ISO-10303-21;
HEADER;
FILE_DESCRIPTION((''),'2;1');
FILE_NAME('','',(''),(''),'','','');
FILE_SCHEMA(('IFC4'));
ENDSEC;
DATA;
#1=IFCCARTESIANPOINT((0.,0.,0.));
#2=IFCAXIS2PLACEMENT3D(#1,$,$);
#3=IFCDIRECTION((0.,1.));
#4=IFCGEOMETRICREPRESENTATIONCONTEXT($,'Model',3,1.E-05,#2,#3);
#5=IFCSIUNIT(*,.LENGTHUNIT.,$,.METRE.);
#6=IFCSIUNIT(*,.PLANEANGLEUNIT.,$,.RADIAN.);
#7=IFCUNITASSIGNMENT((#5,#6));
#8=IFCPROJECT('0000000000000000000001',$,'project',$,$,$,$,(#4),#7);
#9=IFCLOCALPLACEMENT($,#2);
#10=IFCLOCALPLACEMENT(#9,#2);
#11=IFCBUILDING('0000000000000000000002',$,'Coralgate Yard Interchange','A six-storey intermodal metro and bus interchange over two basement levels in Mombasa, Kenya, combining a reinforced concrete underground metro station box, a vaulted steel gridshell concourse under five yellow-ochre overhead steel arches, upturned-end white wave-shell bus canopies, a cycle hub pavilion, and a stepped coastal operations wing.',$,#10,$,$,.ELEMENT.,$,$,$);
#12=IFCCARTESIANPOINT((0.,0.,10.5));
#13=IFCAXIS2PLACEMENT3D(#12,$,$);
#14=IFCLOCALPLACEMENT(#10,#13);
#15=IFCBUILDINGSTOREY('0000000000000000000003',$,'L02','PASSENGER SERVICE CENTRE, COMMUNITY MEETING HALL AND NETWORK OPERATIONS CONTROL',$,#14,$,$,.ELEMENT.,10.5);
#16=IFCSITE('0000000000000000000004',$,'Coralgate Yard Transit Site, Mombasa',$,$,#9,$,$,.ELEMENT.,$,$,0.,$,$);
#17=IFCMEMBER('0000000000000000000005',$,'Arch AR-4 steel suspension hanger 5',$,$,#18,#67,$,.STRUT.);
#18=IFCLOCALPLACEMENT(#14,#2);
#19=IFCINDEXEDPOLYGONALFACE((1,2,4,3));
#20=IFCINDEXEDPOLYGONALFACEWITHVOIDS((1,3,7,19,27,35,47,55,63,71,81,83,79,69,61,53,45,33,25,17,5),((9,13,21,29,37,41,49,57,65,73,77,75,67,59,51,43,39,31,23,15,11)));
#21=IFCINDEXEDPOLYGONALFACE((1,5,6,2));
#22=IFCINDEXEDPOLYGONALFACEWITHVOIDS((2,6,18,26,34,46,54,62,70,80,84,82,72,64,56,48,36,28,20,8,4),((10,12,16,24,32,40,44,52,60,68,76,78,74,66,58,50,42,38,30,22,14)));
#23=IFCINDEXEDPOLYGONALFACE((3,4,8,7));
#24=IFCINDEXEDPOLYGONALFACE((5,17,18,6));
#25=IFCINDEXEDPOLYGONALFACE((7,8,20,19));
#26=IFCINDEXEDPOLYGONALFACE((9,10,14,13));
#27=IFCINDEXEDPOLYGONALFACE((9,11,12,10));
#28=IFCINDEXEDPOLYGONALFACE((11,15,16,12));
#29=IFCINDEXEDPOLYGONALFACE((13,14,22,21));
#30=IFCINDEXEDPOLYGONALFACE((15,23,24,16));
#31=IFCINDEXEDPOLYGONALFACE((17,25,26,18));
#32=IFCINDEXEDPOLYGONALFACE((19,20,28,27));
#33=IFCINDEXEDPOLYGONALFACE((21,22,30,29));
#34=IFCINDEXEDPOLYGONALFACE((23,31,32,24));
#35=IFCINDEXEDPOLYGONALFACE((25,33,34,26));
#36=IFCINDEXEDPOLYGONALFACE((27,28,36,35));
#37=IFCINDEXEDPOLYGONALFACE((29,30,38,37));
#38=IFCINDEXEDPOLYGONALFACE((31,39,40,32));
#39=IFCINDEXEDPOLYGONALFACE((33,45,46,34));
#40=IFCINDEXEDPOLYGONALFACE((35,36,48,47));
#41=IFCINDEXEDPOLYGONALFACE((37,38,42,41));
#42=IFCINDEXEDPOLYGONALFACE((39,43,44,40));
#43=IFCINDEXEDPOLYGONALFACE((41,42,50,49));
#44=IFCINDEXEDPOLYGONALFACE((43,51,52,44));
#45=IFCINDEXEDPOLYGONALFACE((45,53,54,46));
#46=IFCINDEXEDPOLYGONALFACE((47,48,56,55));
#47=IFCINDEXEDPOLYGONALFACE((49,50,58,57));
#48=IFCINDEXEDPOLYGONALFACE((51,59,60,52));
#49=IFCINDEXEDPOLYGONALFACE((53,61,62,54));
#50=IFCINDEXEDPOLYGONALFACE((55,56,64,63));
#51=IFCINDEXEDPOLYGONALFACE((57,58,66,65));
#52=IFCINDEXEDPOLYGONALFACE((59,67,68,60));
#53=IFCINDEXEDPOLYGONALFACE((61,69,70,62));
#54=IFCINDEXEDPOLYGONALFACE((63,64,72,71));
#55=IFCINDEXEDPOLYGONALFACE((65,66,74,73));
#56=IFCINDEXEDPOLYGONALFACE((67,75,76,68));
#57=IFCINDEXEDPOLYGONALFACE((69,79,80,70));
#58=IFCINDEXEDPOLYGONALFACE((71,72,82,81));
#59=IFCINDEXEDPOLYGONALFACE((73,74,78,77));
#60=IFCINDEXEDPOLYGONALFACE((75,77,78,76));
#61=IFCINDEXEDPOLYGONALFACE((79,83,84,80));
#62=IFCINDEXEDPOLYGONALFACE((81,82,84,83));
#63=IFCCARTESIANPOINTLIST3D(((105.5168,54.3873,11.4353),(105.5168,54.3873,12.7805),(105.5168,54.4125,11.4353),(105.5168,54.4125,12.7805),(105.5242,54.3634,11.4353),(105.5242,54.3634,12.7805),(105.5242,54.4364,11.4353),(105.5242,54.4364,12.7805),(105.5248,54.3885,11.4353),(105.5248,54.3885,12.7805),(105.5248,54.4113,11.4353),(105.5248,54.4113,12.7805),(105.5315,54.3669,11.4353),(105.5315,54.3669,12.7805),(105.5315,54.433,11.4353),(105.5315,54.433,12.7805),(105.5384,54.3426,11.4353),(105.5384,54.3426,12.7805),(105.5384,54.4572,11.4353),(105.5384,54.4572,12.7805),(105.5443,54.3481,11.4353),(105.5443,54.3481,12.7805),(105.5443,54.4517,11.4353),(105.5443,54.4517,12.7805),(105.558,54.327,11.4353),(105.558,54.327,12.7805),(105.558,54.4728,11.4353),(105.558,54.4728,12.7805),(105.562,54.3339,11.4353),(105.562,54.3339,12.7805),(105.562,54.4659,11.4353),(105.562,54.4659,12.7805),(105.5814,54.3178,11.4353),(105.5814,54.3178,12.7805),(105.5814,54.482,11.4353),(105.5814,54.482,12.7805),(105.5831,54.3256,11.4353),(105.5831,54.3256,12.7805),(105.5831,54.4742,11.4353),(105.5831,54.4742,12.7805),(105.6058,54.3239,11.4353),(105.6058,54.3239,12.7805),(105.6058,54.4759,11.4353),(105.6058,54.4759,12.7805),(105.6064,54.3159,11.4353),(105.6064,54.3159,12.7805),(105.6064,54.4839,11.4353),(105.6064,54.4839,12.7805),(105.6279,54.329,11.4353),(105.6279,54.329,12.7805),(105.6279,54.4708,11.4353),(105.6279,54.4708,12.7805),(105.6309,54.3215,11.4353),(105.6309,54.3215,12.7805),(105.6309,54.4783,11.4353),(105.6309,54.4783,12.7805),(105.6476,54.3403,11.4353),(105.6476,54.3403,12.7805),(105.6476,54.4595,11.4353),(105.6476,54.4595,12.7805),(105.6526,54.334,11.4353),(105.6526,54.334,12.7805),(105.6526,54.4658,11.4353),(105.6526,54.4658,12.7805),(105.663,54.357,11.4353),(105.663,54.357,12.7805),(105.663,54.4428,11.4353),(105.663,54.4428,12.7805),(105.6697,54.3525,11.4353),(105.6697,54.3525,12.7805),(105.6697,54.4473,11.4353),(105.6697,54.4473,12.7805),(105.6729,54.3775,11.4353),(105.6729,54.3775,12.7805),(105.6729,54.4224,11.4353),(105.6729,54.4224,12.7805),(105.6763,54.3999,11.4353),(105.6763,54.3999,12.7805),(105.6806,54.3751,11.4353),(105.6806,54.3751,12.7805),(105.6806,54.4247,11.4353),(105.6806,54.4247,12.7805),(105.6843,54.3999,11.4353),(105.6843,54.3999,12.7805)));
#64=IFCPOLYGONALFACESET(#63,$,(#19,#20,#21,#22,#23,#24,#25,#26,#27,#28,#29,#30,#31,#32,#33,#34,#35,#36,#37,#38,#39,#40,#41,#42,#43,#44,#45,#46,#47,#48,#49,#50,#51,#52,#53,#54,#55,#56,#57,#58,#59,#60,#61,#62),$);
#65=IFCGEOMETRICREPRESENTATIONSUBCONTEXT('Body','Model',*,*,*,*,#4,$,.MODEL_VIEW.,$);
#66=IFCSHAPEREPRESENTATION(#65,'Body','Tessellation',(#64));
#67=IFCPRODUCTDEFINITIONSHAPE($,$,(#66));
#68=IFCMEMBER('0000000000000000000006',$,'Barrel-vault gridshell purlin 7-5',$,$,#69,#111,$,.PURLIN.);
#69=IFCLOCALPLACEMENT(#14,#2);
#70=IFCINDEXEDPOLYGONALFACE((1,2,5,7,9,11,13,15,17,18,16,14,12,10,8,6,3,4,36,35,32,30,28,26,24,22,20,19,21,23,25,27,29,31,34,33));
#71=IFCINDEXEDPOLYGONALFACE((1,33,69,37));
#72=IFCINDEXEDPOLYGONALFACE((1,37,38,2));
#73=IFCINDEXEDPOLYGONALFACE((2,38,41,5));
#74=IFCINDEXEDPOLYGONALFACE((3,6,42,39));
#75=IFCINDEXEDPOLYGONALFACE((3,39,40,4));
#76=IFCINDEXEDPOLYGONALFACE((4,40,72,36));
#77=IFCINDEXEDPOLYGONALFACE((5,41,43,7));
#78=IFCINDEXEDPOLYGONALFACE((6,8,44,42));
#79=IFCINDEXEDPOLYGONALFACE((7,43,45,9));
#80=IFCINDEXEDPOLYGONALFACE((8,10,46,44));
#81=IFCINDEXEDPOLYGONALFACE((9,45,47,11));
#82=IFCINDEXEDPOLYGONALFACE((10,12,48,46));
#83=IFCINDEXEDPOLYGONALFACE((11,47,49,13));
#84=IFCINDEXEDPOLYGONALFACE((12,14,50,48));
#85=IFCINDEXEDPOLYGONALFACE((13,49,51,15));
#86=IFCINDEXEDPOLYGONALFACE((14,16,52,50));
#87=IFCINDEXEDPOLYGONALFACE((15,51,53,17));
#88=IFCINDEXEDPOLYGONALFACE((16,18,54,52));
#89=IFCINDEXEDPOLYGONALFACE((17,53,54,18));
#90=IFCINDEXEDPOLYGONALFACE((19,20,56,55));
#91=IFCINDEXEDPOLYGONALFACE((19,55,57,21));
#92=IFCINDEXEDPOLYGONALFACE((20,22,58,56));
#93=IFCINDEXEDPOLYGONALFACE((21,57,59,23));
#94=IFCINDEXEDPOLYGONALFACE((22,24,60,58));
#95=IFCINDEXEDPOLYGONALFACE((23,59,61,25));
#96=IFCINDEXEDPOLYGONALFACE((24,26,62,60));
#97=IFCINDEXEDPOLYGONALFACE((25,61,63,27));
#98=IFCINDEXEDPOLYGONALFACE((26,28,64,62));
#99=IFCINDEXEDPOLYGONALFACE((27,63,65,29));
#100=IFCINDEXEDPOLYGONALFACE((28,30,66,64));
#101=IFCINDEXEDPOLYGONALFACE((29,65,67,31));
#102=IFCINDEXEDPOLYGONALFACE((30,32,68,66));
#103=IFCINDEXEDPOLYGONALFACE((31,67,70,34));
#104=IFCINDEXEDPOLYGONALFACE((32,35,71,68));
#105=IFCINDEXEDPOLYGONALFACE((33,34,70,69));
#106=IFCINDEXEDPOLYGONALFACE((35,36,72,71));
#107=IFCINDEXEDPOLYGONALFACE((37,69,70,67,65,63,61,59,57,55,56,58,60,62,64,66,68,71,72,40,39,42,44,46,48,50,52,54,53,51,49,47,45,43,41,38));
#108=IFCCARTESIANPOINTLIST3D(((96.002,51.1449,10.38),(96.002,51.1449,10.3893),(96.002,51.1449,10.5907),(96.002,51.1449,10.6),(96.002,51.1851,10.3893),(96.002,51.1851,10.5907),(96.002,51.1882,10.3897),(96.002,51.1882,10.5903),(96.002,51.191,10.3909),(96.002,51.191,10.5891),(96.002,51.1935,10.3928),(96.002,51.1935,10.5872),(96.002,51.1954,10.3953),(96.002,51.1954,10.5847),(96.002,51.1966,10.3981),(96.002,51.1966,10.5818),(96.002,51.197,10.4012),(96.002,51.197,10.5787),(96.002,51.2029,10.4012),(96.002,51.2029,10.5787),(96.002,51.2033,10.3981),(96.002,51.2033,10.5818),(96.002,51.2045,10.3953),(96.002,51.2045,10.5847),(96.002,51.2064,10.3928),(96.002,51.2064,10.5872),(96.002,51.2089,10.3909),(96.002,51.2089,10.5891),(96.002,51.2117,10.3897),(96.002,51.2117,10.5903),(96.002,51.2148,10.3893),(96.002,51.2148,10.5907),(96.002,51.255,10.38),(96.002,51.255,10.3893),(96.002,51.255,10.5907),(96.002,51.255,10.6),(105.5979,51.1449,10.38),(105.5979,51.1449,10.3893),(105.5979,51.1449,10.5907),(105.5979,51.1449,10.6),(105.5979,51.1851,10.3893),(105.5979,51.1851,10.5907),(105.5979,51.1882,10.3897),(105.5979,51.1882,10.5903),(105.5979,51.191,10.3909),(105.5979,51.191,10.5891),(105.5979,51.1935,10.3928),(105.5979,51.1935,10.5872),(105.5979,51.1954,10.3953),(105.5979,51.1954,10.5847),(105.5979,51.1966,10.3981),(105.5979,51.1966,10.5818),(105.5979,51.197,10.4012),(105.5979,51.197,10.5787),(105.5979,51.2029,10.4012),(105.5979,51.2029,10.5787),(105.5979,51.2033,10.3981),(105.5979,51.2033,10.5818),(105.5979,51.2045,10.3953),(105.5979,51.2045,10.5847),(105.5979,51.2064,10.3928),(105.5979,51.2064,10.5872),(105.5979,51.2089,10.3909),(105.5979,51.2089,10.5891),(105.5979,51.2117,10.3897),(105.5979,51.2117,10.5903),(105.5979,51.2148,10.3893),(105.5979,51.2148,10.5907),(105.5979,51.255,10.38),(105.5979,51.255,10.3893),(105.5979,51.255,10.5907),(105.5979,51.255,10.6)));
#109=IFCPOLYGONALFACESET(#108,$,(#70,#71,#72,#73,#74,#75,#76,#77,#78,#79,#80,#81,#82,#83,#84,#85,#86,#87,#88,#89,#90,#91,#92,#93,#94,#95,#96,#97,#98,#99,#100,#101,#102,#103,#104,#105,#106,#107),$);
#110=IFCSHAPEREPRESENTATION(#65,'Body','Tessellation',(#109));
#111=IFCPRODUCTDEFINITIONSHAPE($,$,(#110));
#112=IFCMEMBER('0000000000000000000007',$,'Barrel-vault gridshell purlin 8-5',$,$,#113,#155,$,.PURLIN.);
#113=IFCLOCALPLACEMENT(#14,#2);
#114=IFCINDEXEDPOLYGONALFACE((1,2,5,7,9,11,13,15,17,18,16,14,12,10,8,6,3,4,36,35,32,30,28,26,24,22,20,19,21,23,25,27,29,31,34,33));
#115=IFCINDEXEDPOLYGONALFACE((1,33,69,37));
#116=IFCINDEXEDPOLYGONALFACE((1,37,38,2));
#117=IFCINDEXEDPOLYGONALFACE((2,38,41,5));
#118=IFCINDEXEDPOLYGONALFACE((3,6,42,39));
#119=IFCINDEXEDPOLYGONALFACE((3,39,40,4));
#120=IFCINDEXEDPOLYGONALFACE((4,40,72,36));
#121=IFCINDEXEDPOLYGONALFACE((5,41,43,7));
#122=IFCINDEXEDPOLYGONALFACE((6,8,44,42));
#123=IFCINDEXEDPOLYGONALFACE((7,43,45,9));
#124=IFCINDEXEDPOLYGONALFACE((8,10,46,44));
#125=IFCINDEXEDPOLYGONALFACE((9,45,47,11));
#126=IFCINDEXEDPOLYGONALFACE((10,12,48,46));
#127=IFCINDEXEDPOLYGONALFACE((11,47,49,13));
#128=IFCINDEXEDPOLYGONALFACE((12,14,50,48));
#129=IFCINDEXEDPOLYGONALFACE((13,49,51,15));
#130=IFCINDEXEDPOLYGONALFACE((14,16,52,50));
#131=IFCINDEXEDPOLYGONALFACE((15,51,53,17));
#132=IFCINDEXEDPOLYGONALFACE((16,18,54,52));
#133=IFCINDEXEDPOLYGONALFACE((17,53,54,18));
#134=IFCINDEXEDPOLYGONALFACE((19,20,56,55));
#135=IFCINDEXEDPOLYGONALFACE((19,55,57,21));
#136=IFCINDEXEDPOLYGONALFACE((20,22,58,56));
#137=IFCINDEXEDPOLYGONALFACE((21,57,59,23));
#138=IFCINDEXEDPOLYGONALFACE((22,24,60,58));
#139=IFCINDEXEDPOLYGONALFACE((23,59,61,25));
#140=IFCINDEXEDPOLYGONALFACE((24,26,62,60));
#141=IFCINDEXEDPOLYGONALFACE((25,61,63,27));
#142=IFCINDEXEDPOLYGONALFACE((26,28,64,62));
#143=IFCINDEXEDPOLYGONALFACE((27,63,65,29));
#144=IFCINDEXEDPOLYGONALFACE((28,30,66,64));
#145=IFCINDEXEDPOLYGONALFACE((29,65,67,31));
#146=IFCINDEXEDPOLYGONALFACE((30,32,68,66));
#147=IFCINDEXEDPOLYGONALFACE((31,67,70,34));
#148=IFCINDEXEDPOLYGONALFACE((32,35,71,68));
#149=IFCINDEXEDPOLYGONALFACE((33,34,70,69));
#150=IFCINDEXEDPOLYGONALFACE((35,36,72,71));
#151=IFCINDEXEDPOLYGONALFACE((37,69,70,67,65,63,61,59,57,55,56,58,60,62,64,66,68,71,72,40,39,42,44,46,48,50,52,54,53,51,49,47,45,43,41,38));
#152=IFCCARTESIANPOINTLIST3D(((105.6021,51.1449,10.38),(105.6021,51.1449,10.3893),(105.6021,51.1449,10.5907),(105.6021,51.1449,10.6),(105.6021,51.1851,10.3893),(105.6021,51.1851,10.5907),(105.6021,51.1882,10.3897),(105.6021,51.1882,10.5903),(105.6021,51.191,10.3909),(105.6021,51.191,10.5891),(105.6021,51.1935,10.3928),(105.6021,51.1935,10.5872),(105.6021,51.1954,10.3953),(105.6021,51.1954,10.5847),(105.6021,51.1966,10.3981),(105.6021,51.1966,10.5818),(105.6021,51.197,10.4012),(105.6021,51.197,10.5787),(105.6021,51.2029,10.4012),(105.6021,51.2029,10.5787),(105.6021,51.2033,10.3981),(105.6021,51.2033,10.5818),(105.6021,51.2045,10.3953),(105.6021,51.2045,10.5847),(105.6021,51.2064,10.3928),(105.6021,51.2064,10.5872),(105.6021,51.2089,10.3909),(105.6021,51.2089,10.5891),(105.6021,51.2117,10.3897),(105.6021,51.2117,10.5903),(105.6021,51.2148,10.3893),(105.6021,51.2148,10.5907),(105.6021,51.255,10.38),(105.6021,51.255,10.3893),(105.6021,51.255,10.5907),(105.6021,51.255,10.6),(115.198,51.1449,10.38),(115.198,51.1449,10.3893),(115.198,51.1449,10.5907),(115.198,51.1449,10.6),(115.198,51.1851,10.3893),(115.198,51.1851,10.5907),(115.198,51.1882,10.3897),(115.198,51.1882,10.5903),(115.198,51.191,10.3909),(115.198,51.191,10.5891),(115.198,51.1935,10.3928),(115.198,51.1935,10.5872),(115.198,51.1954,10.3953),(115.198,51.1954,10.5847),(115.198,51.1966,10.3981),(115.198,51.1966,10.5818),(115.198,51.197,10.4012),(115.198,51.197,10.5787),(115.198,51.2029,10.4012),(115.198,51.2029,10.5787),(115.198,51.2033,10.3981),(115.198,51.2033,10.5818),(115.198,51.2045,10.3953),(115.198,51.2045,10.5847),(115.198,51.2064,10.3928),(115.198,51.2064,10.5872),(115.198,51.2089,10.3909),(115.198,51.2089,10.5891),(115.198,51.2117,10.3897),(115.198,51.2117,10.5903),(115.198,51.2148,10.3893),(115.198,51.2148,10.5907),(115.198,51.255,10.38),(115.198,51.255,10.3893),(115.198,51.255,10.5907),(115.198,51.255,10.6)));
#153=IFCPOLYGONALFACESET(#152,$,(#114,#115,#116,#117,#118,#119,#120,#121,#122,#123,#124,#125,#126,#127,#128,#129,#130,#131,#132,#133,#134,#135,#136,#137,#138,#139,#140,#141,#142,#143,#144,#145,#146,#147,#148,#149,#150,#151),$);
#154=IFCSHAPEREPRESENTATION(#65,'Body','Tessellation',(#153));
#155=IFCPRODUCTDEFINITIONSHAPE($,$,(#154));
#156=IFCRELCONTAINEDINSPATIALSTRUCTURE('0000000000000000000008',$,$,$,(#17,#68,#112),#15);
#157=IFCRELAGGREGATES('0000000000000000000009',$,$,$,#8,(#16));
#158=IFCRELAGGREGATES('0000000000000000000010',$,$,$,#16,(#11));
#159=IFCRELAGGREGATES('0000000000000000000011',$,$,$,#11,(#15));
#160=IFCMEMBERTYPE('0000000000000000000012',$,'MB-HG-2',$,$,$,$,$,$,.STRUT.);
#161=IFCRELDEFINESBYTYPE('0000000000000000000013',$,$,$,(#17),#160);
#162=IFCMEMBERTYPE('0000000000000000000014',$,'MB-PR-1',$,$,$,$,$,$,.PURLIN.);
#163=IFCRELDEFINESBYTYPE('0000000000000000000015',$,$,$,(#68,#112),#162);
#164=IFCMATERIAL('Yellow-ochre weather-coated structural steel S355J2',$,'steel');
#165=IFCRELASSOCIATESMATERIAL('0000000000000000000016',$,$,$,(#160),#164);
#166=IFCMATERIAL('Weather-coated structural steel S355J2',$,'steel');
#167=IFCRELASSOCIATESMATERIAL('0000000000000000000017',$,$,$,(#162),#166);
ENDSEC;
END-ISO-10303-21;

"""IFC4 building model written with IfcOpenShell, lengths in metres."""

from ifc_helpers import new_model, si_unit, direction, frame, origin, origin_2d, place, context, subcontext, project, spatial, hollow_circle, i_section, extrude, material, material_profile, profile_set, type_object, element, save


model = new_model("IFC4")

# Units and contexts
model_context = context("Model", 3, precision=1e-05, world=origin(), true_north=direction((0.0, 1.0)))
body_context = subcontext(model_context, "Body", "Model", "MODEL_VIEW")
ifc_project = project(units=[si_unit("LENGTHUNIT", "METRE"), si_unit("PLANEANGLEUNIT", "RADIAN")], contexts=[model_context])

# Site, building, storey
site_placement = place(None, origin())
site = spatial("IfcSite", under=ifc_project, at=site_placement, Name="Coralgate Yard Transit Site, Mombasa", CompositionType="ELEMENT", RefElevation=0.0)
building_placement = place(site_placement, origin())
building = spatial("IfcBuilding", under=site, at=building_placement, Name="Coralgate Yard Interchange", Description="A six-storey intermodal metro and bus interchange over two basement levels in Mombasa, Kenya, combining a reinforced concrete underground metro station box, a vaulted steel gridshell concourse under five yellow-ochre overhead steel arches, upturned-end white wave-shell bus canopies, a cycle hub pavilion, and a stepped coastal operations wing.", CompositionType="ELEMENT")
storey_placement = place(building_placement, frame((0.0, 0.0, 10.5)))
storey = spatial("IfcBuildingStorey", under=building, at=storey_placement, Name="L02", Description="PASSENGER SERVICE CENTRE, COMMUNITY MEETING HALL AND NETWORK OPERATIONS CONTROL", CompositionType="ELEMENT", Elevation=10.5)

# Shared definitions
ifc_material_1 = material(Name="Yellow-ochre weather-coated structural steel S355J2", Category="steel")
ifc_material_2 = material(Name="Weather-coated structural steel S355J2", Category="steel")

# Members
ifc_material_profile_1 = material_profile(ifc_material_1, hollow_circle(Radius=0.0842, WallThickness=0.0081, at=origin_2d()), Name="CHS 168.3x8")
ifc_profile_set_1 = profile_set([ifc_material_profile_1], Name="Yellow-ochre weather-coated structural steel S355J2")
member_type_1 = type_object("IfcMemberType", Name="MB-HG-2", PredefinedType="STRUT", material=ifc_profile_set_1)
member_1_placement = place(storey_placement, frame((105.6001, 54.3999, 11.4353), z_axis=(0.0, 0.0, 1.0), x_axis=(1.0, 0.0, 0.0)))
element("IfcMember", 1, at=member_1_placement, inside=storey, type_object=member_type_1, Name="Arch AR-4 steel suspension hanger 5", PredefinedType="STRUT", context=body_context, shape_type="SweptSolid", body=[
    extrude(hollow_circle(Radius=0.0842, WallThickness=0.0081, at=origin_2d()), origin(), (0.0, 0.0, 1.0), 1.3452),
])
ifc_material_profile_2 = material_profile(ifc_material_2, i_section(OverallWidth=0.1101, OverallDepth=0.22, WebThickness=0.0059, FlangeThickness=0.0093, FilletRadius=0.012, at=origin_2d()), Name="IPE 220")
ifc_profile_set_2 = profile_set([ifc_material_profile_2], Name="Weather-coated structural steel S355J2")
member_type_2 = type_object("IfcMemberType", Name="MB-PR-1", PredefinedType="PURLIN", material=ifc_profile_set_2)
for number, where, z_axis, x_axis, name in (
    (2, (96.002, 51.2, 10.49), (1.0, 0.0, 0.0), (0.0, 1.0, 0.0), "Barrel-vault gridshell purlin 7-5"),
    (3, (105.6021, 51.2, 10.49), (1.0, 0.0, 0.0), (0.0, 1.0, 0.0), "Barrel-vault gridshell purlin 8-5"),
):
    element("IfcMember", number, at=place(storey_placement, frame(where, z_axis=z_axis, x_axis=x_axis)), inside=storey, type_object=member_type_2, Name=name, PredefinedType="PURLIN", context=body_context, shape_type="SweptSolid", body=[
        extrude(i_section(OverallWidth=0.1101, OverallDepth=0.22, WebThickness=0.0059, FlangeThickness=0.0093, FilletRadius=0.012, at=origin_2d()), origin(), (0.0, 0.0, 1.0), 9.5959),
    ])

save(model, "model.ifc")
